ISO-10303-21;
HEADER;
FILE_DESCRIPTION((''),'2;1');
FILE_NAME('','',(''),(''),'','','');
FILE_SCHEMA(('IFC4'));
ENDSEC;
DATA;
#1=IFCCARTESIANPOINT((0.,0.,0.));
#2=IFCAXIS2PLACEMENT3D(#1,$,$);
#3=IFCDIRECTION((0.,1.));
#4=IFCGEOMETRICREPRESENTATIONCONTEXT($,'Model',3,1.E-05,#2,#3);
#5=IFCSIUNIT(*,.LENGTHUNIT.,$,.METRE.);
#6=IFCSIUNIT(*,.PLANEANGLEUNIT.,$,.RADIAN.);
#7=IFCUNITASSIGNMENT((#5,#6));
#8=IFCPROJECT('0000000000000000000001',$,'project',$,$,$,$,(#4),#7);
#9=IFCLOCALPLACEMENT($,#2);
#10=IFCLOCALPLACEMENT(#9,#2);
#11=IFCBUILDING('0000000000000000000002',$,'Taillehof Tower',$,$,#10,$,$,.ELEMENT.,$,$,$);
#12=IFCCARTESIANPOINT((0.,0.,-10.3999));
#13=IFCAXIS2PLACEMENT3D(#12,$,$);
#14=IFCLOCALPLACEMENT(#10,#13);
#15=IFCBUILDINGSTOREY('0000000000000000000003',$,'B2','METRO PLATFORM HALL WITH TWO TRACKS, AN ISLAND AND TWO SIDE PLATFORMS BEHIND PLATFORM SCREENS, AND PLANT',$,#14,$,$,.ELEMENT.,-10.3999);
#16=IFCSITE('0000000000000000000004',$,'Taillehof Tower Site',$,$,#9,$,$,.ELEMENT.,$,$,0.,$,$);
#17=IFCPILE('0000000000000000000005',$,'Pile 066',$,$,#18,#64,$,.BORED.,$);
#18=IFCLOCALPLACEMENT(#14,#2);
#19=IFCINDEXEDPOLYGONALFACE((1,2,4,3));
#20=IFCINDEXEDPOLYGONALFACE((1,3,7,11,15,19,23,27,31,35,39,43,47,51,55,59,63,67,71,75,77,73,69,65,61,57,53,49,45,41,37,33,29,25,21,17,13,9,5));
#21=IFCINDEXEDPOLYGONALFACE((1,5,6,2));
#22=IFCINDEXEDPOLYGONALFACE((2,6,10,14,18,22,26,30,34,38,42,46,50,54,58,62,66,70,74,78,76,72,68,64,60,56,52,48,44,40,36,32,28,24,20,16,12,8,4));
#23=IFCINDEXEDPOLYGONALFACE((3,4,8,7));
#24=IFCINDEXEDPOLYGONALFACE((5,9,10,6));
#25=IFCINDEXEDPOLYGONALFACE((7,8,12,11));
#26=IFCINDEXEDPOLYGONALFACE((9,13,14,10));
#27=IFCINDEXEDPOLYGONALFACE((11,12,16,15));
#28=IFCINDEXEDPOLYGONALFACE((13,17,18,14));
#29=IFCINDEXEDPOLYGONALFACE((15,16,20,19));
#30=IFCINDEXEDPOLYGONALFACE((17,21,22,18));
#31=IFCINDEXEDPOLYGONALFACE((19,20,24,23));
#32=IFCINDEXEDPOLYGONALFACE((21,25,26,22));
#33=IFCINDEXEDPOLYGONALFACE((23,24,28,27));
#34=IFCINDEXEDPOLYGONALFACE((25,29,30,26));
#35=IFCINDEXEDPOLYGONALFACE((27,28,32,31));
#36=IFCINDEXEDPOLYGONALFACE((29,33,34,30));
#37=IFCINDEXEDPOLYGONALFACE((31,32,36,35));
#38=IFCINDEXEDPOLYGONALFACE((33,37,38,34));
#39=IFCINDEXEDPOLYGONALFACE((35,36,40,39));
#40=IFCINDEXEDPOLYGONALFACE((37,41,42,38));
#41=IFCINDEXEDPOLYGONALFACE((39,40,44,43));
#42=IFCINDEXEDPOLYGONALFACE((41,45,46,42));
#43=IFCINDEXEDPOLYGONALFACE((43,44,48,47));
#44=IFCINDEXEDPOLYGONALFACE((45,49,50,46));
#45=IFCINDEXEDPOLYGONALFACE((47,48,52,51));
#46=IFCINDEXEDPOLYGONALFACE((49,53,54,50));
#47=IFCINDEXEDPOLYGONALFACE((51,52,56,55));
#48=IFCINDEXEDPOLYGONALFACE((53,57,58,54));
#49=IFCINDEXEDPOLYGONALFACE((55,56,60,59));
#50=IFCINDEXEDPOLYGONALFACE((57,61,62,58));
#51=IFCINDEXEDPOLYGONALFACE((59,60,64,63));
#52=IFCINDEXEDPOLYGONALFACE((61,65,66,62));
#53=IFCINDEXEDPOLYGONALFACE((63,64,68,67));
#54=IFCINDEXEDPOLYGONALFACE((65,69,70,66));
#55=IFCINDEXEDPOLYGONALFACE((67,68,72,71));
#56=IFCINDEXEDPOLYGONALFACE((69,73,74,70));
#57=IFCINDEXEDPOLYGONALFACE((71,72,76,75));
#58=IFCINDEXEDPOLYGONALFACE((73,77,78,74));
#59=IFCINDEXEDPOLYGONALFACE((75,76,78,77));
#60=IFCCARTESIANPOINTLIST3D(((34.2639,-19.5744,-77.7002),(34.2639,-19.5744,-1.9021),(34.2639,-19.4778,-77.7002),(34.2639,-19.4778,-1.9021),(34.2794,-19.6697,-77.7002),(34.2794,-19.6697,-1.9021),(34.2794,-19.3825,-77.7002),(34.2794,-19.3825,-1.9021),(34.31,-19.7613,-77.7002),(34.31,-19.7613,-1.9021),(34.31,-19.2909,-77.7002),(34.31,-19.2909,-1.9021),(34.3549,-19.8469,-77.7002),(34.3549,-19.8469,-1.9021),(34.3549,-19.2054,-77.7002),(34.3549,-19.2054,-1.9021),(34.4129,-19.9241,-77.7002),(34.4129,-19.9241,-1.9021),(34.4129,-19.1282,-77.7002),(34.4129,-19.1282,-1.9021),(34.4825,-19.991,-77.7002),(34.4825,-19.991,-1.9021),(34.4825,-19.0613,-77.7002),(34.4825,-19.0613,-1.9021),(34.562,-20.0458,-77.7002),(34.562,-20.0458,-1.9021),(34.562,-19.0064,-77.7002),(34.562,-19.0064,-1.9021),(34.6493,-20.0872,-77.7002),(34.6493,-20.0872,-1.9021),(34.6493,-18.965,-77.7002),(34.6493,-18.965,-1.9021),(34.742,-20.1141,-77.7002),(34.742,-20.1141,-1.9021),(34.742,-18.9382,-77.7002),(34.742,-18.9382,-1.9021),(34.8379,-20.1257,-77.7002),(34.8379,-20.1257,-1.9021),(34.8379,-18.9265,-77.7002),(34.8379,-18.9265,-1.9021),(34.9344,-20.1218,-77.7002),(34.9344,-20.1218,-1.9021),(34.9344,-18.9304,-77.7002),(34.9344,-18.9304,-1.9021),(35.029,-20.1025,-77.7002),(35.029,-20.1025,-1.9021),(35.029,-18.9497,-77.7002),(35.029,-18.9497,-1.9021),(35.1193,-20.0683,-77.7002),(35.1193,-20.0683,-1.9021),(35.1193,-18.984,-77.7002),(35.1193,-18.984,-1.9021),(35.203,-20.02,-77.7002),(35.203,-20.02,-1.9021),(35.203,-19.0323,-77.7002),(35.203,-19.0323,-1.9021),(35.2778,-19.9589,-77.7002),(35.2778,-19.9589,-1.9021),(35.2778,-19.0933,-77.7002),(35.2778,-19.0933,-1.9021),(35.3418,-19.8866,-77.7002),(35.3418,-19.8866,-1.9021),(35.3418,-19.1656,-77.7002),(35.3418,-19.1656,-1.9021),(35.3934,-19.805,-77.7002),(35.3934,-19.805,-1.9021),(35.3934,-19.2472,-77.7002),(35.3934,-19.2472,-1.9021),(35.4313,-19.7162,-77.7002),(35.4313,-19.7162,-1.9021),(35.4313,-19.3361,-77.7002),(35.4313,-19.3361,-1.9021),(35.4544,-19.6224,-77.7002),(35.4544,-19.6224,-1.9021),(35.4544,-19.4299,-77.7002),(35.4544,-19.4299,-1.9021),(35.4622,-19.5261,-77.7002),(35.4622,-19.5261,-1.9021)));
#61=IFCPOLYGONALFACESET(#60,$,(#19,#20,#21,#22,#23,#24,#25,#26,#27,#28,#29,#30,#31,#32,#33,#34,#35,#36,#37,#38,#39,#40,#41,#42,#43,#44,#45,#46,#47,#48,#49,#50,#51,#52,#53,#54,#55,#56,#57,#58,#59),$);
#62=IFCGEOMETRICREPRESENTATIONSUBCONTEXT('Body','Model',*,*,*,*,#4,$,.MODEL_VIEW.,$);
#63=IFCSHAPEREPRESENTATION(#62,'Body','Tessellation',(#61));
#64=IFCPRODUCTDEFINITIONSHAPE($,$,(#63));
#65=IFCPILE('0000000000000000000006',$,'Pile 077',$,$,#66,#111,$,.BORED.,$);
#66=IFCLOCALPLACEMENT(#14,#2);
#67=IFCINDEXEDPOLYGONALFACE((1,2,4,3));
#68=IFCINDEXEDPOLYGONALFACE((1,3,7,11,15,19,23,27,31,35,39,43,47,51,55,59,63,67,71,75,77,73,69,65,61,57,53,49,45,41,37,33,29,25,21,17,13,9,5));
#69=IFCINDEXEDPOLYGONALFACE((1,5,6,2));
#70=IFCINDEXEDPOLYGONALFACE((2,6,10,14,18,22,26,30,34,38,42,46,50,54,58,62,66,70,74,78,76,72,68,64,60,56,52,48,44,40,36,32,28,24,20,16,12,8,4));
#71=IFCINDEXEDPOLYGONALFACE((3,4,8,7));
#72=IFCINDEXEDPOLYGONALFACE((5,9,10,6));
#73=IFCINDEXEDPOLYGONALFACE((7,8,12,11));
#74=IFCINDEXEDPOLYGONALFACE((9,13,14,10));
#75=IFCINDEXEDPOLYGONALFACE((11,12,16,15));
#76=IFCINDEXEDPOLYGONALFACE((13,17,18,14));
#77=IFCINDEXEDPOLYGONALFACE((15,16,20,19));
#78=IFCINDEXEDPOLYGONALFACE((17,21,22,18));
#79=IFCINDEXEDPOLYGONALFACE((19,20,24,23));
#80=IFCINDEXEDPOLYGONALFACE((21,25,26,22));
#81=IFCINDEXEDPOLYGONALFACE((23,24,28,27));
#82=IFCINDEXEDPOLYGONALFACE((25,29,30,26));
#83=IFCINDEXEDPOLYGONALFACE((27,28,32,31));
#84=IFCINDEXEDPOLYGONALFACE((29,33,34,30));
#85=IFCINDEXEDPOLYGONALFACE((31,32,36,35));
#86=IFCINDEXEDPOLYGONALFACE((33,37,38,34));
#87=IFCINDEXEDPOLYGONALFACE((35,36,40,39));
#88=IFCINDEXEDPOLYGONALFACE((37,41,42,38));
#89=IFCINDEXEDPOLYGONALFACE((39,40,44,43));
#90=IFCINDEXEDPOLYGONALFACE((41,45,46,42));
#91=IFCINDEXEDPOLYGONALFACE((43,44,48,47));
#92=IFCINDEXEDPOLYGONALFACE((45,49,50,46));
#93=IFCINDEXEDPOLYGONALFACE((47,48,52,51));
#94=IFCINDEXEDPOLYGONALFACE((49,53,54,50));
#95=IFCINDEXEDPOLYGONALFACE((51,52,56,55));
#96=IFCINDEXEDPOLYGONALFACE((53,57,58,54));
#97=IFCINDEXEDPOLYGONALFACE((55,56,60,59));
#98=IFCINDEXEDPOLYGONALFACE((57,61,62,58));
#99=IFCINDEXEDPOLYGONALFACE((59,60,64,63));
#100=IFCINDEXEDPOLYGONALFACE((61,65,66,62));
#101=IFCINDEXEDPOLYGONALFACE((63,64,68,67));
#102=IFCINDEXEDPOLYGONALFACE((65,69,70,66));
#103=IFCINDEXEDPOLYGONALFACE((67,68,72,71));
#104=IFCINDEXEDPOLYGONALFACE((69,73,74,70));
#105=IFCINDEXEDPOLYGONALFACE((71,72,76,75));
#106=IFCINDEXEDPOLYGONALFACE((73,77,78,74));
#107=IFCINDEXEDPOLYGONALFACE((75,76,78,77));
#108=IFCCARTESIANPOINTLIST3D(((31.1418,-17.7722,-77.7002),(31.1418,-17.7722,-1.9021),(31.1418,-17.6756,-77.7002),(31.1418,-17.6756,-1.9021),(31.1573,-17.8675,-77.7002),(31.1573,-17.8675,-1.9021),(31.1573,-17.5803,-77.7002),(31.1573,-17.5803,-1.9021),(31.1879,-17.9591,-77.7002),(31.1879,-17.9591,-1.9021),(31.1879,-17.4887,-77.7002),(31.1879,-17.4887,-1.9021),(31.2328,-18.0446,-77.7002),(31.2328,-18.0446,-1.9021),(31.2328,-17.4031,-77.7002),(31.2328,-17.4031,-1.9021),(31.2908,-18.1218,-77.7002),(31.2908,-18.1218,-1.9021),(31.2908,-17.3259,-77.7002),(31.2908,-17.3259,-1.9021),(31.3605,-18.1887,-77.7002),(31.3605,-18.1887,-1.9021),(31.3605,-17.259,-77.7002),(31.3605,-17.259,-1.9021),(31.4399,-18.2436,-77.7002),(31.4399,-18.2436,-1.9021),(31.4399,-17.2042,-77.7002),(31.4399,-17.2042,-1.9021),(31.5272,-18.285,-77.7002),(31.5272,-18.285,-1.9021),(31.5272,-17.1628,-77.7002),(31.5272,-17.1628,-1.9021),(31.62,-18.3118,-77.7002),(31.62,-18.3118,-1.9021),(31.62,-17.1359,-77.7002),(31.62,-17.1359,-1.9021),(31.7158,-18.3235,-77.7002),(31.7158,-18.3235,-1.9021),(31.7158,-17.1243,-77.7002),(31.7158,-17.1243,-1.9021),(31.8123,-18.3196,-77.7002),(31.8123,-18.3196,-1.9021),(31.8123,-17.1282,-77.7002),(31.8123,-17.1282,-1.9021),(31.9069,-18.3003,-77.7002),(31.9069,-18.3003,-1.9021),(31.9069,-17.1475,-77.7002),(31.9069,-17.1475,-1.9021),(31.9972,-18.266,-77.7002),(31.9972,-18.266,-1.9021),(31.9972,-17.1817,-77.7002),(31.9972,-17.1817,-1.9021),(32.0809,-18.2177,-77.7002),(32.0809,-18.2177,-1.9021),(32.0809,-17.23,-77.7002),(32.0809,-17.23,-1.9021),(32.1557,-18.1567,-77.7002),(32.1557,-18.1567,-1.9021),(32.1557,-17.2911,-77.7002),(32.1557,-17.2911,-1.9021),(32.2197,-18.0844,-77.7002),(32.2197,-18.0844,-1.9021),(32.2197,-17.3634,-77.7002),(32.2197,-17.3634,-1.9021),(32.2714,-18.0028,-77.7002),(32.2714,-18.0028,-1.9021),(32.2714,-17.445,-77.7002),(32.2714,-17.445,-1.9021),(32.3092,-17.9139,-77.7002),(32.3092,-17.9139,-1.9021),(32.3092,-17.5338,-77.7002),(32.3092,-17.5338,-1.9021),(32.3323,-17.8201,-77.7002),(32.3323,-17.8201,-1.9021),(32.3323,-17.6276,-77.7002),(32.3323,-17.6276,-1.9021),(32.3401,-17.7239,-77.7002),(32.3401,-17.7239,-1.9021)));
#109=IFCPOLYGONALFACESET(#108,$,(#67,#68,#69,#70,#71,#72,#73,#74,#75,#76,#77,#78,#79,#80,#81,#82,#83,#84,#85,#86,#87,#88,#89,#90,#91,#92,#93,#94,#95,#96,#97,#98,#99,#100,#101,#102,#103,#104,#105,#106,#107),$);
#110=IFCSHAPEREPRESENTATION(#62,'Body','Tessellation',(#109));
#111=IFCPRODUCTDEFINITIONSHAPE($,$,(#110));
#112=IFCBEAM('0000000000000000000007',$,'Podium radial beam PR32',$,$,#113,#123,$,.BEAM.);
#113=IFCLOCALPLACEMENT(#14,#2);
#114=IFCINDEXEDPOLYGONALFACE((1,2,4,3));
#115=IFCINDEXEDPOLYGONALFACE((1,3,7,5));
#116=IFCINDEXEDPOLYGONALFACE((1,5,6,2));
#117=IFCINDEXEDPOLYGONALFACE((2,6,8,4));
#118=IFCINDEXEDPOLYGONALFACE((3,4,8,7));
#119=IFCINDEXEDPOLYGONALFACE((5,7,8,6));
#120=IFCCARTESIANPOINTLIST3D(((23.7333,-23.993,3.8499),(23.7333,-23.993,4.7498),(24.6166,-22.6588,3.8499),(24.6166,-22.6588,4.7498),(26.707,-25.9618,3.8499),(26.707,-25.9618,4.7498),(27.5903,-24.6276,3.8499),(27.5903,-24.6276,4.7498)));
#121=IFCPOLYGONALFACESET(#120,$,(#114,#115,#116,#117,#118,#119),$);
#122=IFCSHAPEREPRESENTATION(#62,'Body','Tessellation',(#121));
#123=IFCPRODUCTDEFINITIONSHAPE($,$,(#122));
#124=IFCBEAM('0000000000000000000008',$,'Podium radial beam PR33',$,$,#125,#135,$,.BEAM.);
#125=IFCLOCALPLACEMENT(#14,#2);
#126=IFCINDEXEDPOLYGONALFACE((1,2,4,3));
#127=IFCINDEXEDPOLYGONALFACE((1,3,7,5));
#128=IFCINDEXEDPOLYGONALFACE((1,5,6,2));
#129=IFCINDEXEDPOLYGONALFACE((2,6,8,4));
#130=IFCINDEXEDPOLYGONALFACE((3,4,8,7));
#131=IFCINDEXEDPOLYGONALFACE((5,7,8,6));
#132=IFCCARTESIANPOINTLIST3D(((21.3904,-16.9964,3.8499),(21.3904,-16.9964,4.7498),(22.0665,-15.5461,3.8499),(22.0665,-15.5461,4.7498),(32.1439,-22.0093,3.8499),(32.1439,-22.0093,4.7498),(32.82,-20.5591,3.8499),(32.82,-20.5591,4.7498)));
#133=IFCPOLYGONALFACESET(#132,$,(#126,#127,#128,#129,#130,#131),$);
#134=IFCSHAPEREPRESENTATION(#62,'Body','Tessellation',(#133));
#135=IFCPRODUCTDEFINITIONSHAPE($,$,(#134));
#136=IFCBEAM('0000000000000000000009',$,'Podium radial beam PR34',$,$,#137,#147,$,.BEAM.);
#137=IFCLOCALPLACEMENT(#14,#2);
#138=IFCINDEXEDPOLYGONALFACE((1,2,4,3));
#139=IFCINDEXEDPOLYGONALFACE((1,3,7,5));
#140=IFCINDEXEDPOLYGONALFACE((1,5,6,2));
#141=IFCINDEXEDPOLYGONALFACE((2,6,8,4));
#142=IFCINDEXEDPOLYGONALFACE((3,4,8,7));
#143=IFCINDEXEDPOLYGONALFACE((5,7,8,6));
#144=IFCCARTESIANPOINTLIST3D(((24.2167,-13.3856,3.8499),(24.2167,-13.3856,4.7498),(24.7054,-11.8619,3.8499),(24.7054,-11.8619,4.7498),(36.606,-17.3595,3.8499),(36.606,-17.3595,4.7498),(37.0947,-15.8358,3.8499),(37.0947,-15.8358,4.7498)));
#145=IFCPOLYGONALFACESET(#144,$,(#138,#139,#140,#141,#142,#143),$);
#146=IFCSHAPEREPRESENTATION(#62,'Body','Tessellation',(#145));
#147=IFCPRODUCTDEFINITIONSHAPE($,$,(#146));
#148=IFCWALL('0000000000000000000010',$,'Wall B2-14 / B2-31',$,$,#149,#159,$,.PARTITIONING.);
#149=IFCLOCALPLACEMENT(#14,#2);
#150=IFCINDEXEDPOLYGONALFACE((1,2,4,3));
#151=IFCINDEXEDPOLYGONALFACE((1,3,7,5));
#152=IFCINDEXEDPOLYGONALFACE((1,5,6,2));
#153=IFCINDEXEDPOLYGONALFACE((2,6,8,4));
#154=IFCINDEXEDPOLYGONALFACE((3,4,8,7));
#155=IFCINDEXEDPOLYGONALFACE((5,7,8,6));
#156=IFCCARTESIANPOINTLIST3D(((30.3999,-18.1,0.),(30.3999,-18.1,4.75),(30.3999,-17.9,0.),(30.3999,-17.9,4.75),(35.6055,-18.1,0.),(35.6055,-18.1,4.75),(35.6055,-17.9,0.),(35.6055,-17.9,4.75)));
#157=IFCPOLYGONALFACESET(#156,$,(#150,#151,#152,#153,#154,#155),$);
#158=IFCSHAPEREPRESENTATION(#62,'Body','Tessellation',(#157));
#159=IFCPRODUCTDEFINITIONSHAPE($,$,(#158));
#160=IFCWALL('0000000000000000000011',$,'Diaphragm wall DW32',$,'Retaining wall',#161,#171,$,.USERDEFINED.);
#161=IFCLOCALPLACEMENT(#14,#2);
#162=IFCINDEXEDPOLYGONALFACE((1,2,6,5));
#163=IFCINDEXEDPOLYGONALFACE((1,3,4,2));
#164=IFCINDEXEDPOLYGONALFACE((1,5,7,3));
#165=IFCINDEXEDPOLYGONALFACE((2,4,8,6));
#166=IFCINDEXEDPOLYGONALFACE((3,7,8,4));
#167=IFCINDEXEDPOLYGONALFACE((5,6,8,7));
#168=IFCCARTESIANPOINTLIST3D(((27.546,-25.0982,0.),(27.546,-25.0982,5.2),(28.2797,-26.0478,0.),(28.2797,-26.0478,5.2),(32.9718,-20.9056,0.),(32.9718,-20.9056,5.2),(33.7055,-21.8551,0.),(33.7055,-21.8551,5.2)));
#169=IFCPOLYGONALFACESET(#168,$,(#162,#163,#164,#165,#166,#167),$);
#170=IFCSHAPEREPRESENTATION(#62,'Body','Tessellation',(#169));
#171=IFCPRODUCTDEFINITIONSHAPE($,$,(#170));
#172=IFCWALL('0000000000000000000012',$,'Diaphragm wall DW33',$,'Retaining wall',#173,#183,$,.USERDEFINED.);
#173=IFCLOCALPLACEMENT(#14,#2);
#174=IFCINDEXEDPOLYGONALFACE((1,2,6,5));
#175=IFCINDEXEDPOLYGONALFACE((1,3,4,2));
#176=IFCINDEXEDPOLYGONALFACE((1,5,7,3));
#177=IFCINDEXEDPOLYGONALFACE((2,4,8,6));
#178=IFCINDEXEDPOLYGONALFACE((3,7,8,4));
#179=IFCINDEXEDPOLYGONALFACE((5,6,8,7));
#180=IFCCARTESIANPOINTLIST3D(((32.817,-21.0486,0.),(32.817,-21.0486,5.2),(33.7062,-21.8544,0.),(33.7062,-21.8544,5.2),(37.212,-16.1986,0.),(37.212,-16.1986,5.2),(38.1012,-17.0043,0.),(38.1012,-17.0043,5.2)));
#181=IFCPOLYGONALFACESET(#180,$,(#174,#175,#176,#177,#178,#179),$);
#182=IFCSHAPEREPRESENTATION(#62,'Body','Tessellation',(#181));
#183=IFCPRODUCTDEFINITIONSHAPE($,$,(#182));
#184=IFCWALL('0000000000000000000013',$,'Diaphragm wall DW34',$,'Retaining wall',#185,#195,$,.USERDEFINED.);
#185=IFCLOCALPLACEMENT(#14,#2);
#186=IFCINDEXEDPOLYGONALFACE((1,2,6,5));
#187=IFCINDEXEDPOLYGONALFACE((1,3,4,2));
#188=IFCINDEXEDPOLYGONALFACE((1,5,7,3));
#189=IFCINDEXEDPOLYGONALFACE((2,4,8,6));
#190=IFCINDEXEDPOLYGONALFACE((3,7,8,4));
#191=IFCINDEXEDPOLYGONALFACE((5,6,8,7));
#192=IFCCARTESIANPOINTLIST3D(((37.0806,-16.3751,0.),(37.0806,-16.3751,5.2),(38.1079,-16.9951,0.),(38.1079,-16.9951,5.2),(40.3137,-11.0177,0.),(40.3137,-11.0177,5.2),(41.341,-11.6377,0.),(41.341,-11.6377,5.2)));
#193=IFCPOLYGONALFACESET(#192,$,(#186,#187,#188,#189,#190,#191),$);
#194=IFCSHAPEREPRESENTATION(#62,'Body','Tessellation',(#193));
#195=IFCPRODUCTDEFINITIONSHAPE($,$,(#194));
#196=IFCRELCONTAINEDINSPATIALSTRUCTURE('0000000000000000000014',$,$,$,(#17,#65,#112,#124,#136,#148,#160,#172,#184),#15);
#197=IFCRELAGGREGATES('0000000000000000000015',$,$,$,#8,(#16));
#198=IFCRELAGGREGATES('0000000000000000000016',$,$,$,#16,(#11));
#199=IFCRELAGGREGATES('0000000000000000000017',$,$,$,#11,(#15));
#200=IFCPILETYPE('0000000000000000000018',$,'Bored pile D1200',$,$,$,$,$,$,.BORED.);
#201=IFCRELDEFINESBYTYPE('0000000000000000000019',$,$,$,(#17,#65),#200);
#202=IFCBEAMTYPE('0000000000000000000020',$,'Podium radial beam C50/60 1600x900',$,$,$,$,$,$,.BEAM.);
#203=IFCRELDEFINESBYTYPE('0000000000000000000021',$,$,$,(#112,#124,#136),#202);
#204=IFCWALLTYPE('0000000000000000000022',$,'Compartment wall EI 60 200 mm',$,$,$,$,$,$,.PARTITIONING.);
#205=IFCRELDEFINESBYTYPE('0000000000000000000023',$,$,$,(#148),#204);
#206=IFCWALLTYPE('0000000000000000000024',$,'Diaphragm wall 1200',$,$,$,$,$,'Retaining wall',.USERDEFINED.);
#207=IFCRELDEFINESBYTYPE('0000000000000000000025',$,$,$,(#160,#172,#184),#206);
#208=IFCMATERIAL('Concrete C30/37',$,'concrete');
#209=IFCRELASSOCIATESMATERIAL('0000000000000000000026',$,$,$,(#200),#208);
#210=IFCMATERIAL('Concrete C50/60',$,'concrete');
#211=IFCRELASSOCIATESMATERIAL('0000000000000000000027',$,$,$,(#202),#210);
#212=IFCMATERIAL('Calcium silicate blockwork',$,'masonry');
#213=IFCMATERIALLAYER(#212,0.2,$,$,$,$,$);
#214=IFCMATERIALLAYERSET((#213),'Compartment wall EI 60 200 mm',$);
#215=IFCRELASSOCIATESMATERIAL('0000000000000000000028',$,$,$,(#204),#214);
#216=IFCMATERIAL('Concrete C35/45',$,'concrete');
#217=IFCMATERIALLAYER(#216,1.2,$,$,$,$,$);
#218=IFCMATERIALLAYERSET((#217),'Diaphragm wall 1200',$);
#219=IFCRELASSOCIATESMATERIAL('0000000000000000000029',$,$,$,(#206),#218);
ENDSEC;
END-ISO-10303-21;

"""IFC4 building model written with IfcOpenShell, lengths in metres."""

from ifc_helpers import new_model, si_unit, direction, frame, frame_2d, origin, origin_2d, place, context, subcontext, project, spatial, rectangle, circle, extrude, material, layer, layer_set, material_profile, profile_set, type_object, element, save


model = new_model("IFC4")

# Units and contexts
model_context = context("Model", 3, precision=1e-05, world=origin(), true_north=direction((0.0, 1.0)))
body_context = subcontext(model_context, "Body", "Model", "MODEL_VIEW")
ifc_project = project(units=[si_unit("LENGTHUNIT", "METRE"), si_unit("PLANEANGLEUNIT", "RADIAN")], contexts=[model_context])

# Site, building, storey
site_placement = place(None, origin())
site = spatial("IfcSite", under=ifc_project, at=site_placement, Name="Taillehof Tower Site", CompositionType="ELEMENT", RefElevation=0.0)
building_placement = place(site_placement, origin())
building = spatial("IfcBuilding", under=site, at=building_placement, Name="Taillehof Tower", CompositionType="ELEMENT")
storey_placement = place(building_placement, frame((0.0, 0.0, -10.3999)))
storey = spatial("IfcBuildingStorey", under=building, at=storey_placement, Name="B2", Description="METRO PLATFORM HALL WITH TWO TRACKS, AN ISLAND AND TWO SIDE PLATFORMS BEHIND PLATFORM SCREENS, AND PLANT", CompositionType="ELEMENT", Elevation=-10.3999)

# Piles
ifc_material_1 = material(Name="Concrete C30/37", Category="concrete")
ifc_material_profile_1 = material_profile(ifc_material_1, circle(Radius=0.6001, at=origin_2d()), Name="BP D1200")
ifc_profile_set_1 = profile_set([ifc_material_profile_1], Name="Concrete C30/37")
pile_type = type_object("IfcPileType", Name="Bored pile D1200", PredefinedType="BORED", material=ifc_profile_set_1)
for number, where, z_axis, x_axis, name in (
    (1, (34.8621, -19.5261, -1.9021), (0.0, 0.0, -1.0), (1.0, 0.0, 0.0), "Pile 066"),
    (2, (31.74, -17.7239, -1.9021), (0.0, 0.0, -1.0), (1.0, 0.0, 0.0), "Pile 077"),
):
    element("IfcPile", number, at=place(storey_placement, frame(where, z_axis=z_axis, x_axis=x_axis)), inside=storey, type_object=pile_type, Name=name, PredefinedType="BORED", context=body_context, shape_type="SweptSolid", body=[
        extrude(circle(Radius=0.6001, at=origin_2d()), origin(), (0.0, 0.0, 1.0), 75.7981),
    ])

# Beams
ifc_material_2 = material(Name="Concrete C50/60", Category="concrete")
ifc_material_profile_2 = material_profile(ifc_material_2, rectangle(XDim=1.6001, YDim=0.8999, at=origin_2d()), Name="RC 1600x900")
ifc_profile_set_2 = profile_set([ifc_material_profile_2], Name="Concrete C50/60")
beam_type = type_object("IfcBeamType", Name="Podium radial beam C50/60 1600x900", PredefinedType="BEAM", material=ifc_profile_set_2)
beam_1_placement = place(storey_placement, frame((27.1487, -25.2947, 4.2998), z_axis=(-0.833815, 0.552043, 0.0), x_axis=(-0.552043, -0.833815, 0.0)))
element("IfcBeam", 3, at=beam_1_placement, inside=storey, type_object=beam_type, Name="Podium radial beam PR32", PredefinedType="BEAM", context=body_context, shape_type="SweptSolid", body=[
    extrude(rectangle(XDim=1.6001, YDim=0.8999, at=origin_2d()), origin(), (0.0, 0.0, 1.0), 3.5664),
])
beam_2_placement = place(storey_placement, frame((32.4819, -21.2842, 4.2998), z_axis=(-0.906355, 0.422517, 0.0), x_axis=(-0.422517, -0.906355, 0.0)))
element("IfcBeam", 4, at=beam_2_placement, inside=storey, type_object=beam_type, Name="Podium radial beam PR33", PredefinedType="BEAM", context=body_context, shape_type="SweptSolid", body=[
    extrude(rectangle(XDim=1.6001, YDim=0.8999, at=origin_2d()), origin(), (0.0, 0.0, 1.0), 11.8645),
])
beam_3_placement = place(storey_placement, frame((36.8503, -16.5977, 4.2998), z_axis=(-0.952215, 0.305427, 0.0), x_axis=(-0.305427, -0.952215, 0.0)))
element("IfcBeam", 5, at=beam_3_placement, inside=storey, type_object=beam_type, Name="Podium radial beam PR34", PredefinedType="BEAM", context=body_context, shape_type="SweptSolid", body=[
    extrude(rectangle(XDim=1.6001, YDim=0.8999, at=origin_2d()), origin(), (0.0, 0.0, 1.0), 13.011),
])

# Walls
ifc_material_3 = material(Name="Calcium silicate blockwork", Category="masonry")
ifc_layer_1 = layer(ifc_material_3, 0.2)
ifc_layer_set_1 = layer_set([ifc_layer_1], Name="Compartment wall EI 60 200 mm")
wall_type_1 = type_object("IfcWallType", Name="Compartment wall EI 60 200 mm", PredefinedType="PARTITIONING", material=ifc_layer_set_1)
wall_1_placement = place(storey_placement, frame((30.3999, -18.0, 0.0), z_axis=(0.0, 0.0, 1.0), x_axis=(1.0, 0.0, 0.0)))
element("IfcWall", 6, at=wall_1_placement, inside=storey, type_object=wall_type_1, Name="Wall B2-14 / B2-31", PredefinedType="PARTITIONING", context=body_context, shape_type="SweptSolid", body=[
    extrude(rectangle(XDim=5.2056, YDim=0.2, at=frame_2d((2.6028, 0.0))), origin(), (0.0, 0.0, 1.0), 4.75),
])
ifc_material_4 = material(Name="Concrete C35/45", Category="concrete")
ifc_layer_2 = layer(ifc_material_4, 1.2)
ifc_layer_set_2 = layer_set([ifc_layer_2], Name="Diaphragm wall 1200")
wall_type_2 = type_object("IfcWallType", Name="Diaphragm wall 1200", ElementType="Retaining wall", PredefinedType="USERDEFINED", material=ifc_layer_set_2)
wall_2_placement = place(storey_placement, frame((27.9128, -25.573, 0.0), z_axis=(0.0, 0.0, 1.0), x_axis=(0.791287, 0.611445, 0.0)))
element("IfcWall", 7, at=wall_2_placement, inside=storey, type_object=wall_type_2, Name="Diaphragm wall DW32", ObjectType="Retaining wall", PredefinedType="USERDEFINED", context=body_context, shape_type="SweptSolid", body=[
    extrude(rectangle(XDim=6.8569, YDim=1.2, at=frame_2d((3.4285, 0.0))), origin(), (0.0, 0.0, 1.0), 5.2),
])
wall_3_placement = place(storey_placement, frame((33.2617, -21.4514, 0.0), z_axis=(0.0, 0.0, 1.0), x_axis=(0.671487, 0.741016, 0.0)))
element("IfcWall", 8, at=wall_3_placement, inside=storey, type_object=wall_type_2, Name="Diaphragm wall DW33", ObjectType="Retaining wall", PredefinedType="USERDEFINED", context=body_context, shape_type="SweptSolid", body=[
    extrude(rectangle(XDim=6.5452, YDim=1.2, at=frame_2d((3.2725, 0.0))), origin(), (0.0, 0.0, 1.0), 5.2),
])
wall_4_placement = place(storey_placement, frame((37.5942, -16.6851, 0.0), z_axis=(0.0, 0.0, 1.0), x_axis=(0.516692, 0.856172, 0.0)))
element("IfcWall", 9, at=wall_4_placement, inside=storey, type_object=wall_type_2, Name="Diaphragm wall DW34", ObjectType="Retaining wall", PredefinedType="USERDEFINED", context=body_context, shape_type="SweptSolid", body=[
    extrude(rectangle(XDim=6.2573, YDim=1.2, at=frame_2d((3.1287, 0.0))), origin(), (0.0, 0.0, 1.0), 5.2),
])

save(model, "model.ifc")
